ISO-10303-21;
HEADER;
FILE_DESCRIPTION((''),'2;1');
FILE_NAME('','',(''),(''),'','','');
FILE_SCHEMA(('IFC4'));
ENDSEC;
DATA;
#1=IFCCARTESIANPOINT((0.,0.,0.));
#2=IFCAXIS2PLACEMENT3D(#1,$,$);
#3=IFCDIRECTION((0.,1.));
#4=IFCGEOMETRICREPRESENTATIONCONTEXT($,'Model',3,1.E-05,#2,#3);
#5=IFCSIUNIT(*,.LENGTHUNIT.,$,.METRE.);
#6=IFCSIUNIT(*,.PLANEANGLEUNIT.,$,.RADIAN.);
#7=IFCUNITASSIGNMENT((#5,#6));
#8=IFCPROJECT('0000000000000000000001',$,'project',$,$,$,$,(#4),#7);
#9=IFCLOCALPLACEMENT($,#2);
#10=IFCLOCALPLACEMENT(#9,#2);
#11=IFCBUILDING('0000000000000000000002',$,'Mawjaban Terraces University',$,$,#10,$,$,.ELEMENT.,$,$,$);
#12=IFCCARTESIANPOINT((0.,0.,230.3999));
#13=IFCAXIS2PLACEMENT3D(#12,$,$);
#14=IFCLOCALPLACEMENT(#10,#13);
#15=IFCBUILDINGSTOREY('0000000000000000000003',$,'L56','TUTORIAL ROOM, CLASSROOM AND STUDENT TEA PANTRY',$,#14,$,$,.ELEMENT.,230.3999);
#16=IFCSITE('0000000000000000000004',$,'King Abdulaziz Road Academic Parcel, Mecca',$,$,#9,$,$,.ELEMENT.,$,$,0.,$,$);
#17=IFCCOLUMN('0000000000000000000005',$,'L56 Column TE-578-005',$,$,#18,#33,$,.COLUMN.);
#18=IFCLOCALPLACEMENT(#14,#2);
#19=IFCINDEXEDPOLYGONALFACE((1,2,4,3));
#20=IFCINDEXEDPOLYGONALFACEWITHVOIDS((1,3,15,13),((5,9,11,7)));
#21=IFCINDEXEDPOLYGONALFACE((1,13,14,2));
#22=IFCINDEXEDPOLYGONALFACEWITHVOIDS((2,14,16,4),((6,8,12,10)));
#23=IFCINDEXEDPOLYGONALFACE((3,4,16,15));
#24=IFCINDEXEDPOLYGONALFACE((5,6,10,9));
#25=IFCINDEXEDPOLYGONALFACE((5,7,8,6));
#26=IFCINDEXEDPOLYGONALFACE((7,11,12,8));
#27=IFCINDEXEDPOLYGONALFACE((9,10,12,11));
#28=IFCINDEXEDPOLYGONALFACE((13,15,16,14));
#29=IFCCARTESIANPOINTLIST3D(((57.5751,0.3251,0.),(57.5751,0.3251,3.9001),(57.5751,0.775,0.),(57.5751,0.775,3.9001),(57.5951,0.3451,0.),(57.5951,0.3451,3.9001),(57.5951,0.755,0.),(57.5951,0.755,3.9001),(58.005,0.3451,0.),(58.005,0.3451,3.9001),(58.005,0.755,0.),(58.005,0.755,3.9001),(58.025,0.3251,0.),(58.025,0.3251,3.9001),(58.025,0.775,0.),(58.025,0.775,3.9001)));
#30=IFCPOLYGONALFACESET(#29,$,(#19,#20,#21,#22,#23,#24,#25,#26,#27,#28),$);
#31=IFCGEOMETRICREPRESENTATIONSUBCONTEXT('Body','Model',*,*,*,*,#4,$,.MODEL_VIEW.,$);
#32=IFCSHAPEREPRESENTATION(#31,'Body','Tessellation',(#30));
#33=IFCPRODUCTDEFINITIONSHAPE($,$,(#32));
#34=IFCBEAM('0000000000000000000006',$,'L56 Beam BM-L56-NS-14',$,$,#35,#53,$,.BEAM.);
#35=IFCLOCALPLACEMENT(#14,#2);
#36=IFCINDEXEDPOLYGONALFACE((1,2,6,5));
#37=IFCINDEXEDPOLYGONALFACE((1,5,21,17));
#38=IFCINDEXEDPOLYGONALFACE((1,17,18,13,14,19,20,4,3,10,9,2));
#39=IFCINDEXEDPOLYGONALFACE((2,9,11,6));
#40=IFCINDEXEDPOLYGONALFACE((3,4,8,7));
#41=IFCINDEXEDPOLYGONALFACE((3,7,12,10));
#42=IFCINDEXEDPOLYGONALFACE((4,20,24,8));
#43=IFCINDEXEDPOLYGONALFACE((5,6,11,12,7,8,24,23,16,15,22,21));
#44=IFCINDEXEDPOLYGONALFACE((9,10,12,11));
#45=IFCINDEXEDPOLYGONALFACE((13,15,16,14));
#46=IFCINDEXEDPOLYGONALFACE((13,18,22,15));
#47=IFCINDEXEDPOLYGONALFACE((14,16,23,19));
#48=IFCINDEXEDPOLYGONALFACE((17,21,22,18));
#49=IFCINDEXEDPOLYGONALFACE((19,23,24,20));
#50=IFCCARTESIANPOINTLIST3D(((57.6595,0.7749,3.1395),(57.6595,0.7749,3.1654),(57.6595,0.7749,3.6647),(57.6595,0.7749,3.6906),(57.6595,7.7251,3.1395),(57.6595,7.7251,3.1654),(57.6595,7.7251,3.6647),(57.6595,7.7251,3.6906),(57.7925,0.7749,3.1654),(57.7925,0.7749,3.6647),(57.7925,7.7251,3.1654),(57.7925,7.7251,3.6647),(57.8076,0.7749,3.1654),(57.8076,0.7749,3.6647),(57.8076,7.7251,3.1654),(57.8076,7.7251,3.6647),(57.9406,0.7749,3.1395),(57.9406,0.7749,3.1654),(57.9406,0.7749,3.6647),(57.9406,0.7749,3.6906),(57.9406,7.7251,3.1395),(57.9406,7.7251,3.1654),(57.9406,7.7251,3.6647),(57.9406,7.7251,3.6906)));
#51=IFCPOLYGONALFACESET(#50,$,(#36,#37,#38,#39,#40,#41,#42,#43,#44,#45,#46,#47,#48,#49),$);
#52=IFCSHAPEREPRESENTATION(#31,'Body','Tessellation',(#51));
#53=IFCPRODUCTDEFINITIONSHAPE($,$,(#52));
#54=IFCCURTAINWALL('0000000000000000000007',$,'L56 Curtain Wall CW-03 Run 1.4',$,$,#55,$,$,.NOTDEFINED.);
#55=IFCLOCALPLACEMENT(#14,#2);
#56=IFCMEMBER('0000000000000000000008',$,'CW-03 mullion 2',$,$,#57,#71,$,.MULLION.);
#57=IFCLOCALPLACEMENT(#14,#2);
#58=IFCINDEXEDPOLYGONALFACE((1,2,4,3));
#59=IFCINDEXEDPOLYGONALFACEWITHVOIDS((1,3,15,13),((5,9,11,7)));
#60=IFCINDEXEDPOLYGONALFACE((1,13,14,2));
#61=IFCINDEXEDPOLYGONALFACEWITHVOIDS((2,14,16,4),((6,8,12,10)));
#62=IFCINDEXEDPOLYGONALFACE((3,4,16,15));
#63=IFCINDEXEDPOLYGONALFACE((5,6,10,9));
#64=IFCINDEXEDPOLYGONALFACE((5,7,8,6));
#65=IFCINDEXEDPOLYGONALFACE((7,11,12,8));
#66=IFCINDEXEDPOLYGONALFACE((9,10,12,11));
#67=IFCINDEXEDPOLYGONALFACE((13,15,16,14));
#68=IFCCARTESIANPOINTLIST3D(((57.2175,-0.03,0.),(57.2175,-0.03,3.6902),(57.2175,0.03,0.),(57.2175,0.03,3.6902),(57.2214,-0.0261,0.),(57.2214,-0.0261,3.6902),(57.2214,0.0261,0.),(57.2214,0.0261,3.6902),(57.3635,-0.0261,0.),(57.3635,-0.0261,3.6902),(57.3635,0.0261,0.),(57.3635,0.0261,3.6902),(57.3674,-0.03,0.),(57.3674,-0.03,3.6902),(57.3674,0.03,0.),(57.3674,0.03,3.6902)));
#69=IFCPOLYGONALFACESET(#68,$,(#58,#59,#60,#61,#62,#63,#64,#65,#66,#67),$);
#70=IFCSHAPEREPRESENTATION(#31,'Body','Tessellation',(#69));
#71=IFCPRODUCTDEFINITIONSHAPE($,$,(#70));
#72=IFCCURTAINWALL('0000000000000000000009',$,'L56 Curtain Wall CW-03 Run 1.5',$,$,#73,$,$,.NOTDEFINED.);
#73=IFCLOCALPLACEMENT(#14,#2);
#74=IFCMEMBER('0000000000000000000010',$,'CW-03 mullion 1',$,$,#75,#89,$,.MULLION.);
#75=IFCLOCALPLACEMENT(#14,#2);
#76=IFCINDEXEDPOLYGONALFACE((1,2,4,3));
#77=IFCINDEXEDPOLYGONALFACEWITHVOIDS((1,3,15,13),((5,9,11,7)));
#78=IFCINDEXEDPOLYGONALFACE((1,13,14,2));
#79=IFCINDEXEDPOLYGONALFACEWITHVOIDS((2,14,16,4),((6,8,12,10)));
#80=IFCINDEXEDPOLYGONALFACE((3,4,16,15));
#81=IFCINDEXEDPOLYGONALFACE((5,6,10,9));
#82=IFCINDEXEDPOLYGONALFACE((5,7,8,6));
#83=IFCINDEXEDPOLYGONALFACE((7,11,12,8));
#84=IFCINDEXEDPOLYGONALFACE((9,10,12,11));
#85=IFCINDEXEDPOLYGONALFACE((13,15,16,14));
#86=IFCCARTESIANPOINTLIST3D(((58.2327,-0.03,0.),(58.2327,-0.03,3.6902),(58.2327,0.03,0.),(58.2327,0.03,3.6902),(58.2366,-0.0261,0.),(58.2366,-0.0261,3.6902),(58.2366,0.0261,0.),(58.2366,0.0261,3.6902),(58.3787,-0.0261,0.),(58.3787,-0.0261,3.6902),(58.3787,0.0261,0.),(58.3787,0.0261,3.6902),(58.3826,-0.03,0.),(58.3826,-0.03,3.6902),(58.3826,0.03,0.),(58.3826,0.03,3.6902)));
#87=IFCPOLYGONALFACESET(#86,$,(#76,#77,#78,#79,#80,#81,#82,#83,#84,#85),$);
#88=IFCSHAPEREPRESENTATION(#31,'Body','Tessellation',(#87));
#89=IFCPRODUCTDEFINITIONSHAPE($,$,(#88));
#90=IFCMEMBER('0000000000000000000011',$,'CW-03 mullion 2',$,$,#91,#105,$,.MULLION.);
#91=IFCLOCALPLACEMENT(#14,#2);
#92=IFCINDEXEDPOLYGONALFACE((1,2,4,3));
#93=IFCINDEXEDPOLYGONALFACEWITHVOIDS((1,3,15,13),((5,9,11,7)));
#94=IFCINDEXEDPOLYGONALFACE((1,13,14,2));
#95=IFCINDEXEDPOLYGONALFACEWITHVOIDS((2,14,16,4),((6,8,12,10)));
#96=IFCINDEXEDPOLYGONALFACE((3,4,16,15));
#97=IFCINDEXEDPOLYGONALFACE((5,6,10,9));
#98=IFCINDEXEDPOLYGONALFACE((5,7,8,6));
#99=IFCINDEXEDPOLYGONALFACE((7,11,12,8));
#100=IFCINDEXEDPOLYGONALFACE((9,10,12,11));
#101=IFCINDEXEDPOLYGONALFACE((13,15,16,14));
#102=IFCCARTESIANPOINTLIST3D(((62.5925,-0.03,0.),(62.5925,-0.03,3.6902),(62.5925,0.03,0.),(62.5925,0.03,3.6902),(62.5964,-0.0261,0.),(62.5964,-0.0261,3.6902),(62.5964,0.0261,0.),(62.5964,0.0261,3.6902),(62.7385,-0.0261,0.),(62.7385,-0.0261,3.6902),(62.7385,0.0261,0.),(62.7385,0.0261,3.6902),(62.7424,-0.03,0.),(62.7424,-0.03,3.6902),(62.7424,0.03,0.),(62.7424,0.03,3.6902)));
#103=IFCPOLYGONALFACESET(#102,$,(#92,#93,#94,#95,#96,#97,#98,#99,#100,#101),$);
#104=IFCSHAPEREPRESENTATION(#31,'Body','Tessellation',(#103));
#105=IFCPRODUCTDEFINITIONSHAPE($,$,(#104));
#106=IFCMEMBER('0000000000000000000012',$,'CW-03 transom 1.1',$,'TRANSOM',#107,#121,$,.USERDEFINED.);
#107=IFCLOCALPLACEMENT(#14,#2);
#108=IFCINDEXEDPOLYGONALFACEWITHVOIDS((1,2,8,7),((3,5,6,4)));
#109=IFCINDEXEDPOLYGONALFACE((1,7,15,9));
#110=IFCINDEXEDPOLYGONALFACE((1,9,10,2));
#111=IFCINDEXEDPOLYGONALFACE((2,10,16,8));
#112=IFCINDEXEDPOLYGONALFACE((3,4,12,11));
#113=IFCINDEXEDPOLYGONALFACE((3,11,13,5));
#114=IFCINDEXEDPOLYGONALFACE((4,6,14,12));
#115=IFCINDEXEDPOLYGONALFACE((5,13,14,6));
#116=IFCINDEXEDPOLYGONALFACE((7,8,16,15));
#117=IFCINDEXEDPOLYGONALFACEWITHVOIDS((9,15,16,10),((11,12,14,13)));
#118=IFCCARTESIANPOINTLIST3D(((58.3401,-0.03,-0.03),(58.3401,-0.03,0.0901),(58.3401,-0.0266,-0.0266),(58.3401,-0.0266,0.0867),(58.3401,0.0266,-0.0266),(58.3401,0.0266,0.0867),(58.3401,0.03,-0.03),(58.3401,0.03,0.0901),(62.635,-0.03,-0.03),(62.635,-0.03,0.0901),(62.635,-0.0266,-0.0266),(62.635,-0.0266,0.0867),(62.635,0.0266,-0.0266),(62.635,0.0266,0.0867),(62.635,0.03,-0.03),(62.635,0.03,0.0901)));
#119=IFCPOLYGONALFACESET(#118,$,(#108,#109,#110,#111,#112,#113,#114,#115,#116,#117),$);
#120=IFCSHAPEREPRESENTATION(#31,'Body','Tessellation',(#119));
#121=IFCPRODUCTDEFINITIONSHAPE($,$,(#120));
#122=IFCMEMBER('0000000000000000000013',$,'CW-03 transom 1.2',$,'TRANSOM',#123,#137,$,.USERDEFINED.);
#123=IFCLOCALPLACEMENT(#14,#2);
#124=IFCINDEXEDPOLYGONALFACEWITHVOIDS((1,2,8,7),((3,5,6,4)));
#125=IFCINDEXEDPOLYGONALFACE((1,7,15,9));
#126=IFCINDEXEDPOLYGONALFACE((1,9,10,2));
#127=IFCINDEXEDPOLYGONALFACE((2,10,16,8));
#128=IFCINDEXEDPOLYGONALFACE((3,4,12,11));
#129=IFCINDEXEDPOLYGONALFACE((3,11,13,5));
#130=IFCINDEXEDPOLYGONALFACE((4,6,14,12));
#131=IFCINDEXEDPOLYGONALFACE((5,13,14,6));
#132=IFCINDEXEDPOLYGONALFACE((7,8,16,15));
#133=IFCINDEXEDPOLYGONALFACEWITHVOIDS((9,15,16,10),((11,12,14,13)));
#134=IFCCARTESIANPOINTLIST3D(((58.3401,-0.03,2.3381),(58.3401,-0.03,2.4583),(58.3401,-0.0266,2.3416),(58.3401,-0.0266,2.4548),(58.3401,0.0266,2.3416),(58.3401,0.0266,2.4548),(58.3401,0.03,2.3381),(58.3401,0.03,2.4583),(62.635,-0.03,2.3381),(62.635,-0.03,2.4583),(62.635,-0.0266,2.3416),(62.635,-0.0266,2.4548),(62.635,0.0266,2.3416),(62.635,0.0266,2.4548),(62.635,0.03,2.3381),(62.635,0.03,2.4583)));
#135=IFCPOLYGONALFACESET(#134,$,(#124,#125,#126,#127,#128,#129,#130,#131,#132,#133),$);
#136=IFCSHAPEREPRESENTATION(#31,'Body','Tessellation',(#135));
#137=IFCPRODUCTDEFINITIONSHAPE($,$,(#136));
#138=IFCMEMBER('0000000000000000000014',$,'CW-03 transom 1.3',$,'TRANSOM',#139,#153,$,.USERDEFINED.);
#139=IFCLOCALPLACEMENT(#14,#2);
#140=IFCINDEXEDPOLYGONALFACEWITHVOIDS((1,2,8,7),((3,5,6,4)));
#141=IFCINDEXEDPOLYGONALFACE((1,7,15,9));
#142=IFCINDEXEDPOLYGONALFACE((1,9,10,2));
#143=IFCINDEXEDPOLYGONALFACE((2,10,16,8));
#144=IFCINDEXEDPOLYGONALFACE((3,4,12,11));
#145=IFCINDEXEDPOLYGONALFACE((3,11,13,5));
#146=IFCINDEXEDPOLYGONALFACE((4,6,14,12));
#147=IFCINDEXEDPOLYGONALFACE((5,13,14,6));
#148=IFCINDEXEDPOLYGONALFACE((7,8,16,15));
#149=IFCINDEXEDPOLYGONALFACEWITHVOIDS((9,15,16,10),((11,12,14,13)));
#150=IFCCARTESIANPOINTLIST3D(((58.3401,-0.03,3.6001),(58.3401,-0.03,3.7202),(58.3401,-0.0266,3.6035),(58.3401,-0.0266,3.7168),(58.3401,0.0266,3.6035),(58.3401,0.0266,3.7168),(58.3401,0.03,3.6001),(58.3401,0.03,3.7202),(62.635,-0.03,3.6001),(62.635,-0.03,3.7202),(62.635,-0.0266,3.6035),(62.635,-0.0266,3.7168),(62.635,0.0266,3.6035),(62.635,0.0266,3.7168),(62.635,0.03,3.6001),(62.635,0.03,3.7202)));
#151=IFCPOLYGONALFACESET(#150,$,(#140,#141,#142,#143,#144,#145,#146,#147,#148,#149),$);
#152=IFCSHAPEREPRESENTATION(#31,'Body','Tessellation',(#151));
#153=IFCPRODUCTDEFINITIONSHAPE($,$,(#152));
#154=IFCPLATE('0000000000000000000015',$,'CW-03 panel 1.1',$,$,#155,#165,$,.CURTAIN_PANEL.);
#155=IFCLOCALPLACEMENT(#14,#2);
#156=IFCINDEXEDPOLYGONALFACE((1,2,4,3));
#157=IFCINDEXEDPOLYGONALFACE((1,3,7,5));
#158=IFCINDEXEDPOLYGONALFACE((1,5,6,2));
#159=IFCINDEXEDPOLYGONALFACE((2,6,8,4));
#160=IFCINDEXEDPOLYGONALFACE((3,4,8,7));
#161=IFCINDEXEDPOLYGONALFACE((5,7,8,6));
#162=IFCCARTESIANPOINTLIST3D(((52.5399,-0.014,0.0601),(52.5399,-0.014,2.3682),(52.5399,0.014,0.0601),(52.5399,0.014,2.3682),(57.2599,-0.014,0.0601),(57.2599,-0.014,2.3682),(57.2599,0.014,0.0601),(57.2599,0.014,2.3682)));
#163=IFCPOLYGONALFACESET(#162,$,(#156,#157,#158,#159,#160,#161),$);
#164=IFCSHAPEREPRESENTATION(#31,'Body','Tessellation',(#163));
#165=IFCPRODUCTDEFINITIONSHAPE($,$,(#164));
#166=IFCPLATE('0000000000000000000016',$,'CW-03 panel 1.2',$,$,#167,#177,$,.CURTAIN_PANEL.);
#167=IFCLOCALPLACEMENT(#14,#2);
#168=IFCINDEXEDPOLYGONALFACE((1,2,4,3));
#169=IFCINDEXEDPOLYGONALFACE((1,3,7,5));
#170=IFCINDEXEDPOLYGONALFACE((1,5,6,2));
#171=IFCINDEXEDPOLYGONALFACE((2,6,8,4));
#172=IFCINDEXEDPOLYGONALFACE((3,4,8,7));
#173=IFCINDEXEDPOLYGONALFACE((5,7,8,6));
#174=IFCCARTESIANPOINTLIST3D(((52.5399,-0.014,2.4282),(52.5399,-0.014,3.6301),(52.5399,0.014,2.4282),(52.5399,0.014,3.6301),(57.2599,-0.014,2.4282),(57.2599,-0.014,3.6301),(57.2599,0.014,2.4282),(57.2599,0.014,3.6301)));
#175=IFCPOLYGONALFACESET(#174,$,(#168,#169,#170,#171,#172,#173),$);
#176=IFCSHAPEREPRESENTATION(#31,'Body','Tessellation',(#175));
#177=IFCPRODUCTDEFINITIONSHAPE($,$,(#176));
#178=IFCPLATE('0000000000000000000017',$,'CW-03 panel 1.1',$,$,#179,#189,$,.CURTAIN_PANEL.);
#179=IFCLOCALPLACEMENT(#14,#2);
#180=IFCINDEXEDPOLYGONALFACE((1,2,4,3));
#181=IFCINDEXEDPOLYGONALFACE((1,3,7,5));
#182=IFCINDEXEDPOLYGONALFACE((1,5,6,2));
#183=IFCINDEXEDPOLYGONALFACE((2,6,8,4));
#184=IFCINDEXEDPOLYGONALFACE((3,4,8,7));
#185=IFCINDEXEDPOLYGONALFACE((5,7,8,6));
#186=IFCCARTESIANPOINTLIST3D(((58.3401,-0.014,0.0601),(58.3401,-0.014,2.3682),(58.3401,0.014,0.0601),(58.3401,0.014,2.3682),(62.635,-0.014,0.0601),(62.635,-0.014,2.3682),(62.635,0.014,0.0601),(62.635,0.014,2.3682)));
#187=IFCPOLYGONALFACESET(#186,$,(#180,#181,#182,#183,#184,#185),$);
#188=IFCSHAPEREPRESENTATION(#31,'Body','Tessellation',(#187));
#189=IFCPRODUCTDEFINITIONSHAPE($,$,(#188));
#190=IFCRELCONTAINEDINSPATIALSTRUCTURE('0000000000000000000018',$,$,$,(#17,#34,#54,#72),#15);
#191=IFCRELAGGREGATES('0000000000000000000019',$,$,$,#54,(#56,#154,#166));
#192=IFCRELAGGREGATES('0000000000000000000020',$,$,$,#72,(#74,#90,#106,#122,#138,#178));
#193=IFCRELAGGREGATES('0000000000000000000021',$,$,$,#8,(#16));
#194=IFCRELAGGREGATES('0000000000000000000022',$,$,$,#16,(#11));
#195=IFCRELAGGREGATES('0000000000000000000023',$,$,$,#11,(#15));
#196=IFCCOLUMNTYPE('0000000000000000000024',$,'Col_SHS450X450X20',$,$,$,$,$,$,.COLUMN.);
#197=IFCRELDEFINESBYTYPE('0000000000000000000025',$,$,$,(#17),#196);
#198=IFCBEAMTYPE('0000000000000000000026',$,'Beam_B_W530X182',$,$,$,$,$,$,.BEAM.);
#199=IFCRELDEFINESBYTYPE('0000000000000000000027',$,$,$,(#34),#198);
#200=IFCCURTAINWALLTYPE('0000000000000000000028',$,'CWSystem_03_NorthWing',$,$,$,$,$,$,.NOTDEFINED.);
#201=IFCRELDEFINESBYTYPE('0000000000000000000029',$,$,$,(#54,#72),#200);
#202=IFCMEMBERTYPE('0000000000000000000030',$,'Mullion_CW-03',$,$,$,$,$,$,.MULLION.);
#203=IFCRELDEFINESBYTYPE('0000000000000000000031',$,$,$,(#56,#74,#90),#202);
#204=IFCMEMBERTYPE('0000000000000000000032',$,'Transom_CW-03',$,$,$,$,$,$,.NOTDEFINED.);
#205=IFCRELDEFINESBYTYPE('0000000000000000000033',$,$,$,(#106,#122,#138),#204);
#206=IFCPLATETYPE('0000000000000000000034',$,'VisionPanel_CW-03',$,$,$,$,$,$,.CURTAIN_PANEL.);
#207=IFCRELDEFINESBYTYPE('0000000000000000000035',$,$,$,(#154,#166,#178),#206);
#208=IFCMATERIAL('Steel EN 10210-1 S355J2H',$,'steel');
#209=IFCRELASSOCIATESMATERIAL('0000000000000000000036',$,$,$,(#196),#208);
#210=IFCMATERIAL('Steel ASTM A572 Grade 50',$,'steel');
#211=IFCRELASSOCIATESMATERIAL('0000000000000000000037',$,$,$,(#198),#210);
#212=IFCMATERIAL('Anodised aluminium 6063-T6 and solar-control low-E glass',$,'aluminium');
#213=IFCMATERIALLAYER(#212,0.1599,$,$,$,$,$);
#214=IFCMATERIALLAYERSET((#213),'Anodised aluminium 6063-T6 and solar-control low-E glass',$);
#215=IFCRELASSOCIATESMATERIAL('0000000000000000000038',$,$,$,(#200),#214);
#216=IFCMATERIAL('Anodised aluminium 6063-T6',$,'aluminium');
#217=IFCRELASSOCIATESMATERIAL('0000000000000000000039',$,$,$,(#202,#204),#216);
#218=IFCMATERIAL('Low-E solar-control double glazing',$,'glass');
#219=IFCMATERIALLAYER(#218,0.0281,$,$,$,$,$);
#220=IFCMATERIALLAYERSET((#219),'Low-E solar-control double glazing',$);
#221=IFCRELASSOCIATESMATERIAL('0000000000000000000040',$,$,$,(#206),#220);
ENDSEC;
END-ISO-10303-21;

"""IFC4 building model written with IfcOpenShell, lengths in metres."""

from ifc_helpers import new_model, si_unit, direction, frame, origin, origin_2d, place, context, subcontext, project, spatial, rectangle, hollow_rectangle, i_section, extrude, material, layer, layer_set, material_profile, profile_set, type_object, element, aggregate, save


model = new_model("IFC4")

# Units and contexts
model_context = context("Model", 3, precision=1e-05, world=origin(), true_north=direction((0.0, 1.0)))
body_context = subcontext(model_context, "Body", "Model", "MODEL_VIEW")
ifc_project = project(units=[si_unit("LENGTHUNIT", "METRE"), si_unit("PLANEANGLEUNIT", "RADIAN")], contexts=[model_context])

# Site, building, storey
site_placement = place(None, origin())
site = spatial("IfcSite", under=ifc_project, at=site_placement, Name="King Abdulaziz Road Academic Parcel, Mecca", CompositionType="ELEMENT", RefElevation=0.0)
building_placement = place(site_placement, origin())
building = spatial("IfcBuilding", under=site, at=building_placement, Name="Mawjaban Terraces University", CompositionType="ELEMENT")
storey_placement = place(building_placement, frame((0.0, 0.0, 230.3999)))
storey = spatial("IfcBuildingStorey", under=building, at=storey_placement, Name="L56", Description="TUTORIAL ROOM, CLASSROOM AND STUDENT TEA PANTRY", CompositionType="ELEMENT", Elevation=230.3999)

# Column
ifc_material_1 = material(Name="Steel EN 10210-1 S355J2H", Category="steel")
ifc_material_profile_1 = material_profile(ifc_material_1, hollow_rectangle(XDim=0.45, YDim=0.45, WallThickness=0.02, at=origin_2d()), Name="SHS450X450X20")
ifc_profile_set_1 = profile_set([ifc_material_profile_1], Name="Steel EN 10210-1 S355J2H")
column_type = type_object("IfcColumnType", Name="Col_SHS450X450X20", PredefinedType="COLUMN", material=ifc_profile_set_1)
column_placement = place(storey_placement, frame((57.8, 0.55, 0.0), z_axis=(0.0, 0.0, 1.0), x_axis=(1.0, 0.0, 0.0)))
element("IfcColumn", 1, at=column_placement, inside=storey, type_object=column_type, Name="L56 Column TE-578-005", PredefinedType="COLUMN", context=body_context, shape_type="SweptSolid", body=[
    extrude(hollow_rectangle(XDim=0.45, YDim=0.45, WallThickness=0.02, at=origin_2d()), origin(), (0.0, 0.0, 1.0), 3.9001),
])

# Beam
ifc_material_2 = material(Name="Steel ASTM A572 Grade 50", Category="steel")
ifc_material_profile_2 = material_profile(ifc_material_2, i_section(OverallWidth=0.281, OverallDepth=0.551, WebThickness=0.0151, FlangeThickness=0.0259, at=origin_2d()), Name="W530X182")
ifc_profile_set_2 = profile_set([ifc_material_profile_2], Name="Steel ASTM A572 Grade 50")
beam_type = type_object("IfcBeamType", Name="Beam_B_W530X182", PredefinedType="BEAM", material=ifc_profile_set_2)
beam_placement = place(storey_placement, frame((57.8, 0.7749, 3.415), z_axis=(0.0, 1.0, 0.0), x_axis=(-1.0, 0.0, 0.0)))
element("IfcBeam", 2, at=beam_placement, inside=storey, type_object=beam_type, Name="L56 Beam BM-L56-NS-14", PredefinedType="BEAM", context=body_context, shape_type="SweptSolid", body=[
    extrude(i_section(OverallWidth=0.281, OverallDepth=0.551, WebThickness=0.0151, FlangeThickness=0.0259, at=origin_2d()), origin(), (0.0, 0.0, 1.0), 6.9502),
])

# Curtain wall, member
ifc_material_3 = material(Name="Anodised aluminium 6063-T6 and solar-control low-E glass", Category="aluminium")
ifc_layer_1 = layer(ifc_material_3, 0.1599)
ifc_layer_set_1 = layer_set([ifc_layer_1], Name="Anodised aluminium 6063-T6 and solar-control low-E glass")
curtain_wall_type = type_object("IfcCurtainWallType", Name="CWSystem_03_NorthWing", PredefinedType="NOTDEFINED", material=ifc_layer_set_1)
curtain_wall_1_placement = place(storey_placement, origin())
curtain_wall_1 = element("IfcCurtainWall", 3, at=curtain_wall_1_placement, inside=storey, type_object=curtain_wall_type, Name="L56 Curtain Wall CW-03 Run 1.4", PredefinedType="NOTDEFINED")
ifc_material_4 = material(Name="Anodised aluminium 6063-T6", Category="aluminium")
ifc_material_profile_3 = material_profile(ifc_material_4, hollow_rectangle(XDim=0.0601, YDim=0.1499, WallThickness=0.0039, at=origin_2d()), Name="ALU150X60X4")
ifc_profile_set_3 = profile_set([ifc_material_profile_3], Name="Anodised aluminium 6063-T6")
member_type_1 = type_object("IfcMemberType", Name="Mullion_CW-03", PredefinedType="MULLION", material=ifc_profile_set_3)
member_1_placement = place(storey_placement, frame((57.2925, 0.0, 0.0), z_axis=(0.0, 0.0, 1.0), x_axis=(0.0, 1.0, 0.0)))
member_1 = element("IfcMember", 4, at=member_1_placement, type_object=member_type_1, Name="CW-03 mullion 2", PredefinedType="MULLION", context=body_context, shape_type="SweptSolid", body=[
    extrude(hollow_rectangle(XDim=0.0601, YDim=0.1499, WallThickness=0.0039, at=origin_2d()), origin(), (0.0, 0.0, 1.0), 3.6902),
])

# Curtain wall, members
curtain_wall_2_placement = place(storey_placement, origin())
curtain_wall_2 = element("IfcCurtainWall", 5, at=curtain_wall_2_placement, inside=storey, type_object=curtain_wall_type, Name="L56 Curtain Wall CW-03 Run 1.5", PredefinedType="NOTDEFINED")
member_2_placement = place(storey_placement, frame((58.3076, 0.0, 0.0), z_axis=(0.0, 0.0, 1.0), x_axis=(0.0, 1.0, 0.0)))
member_2 = element("IfcMember", 6, at=member_2_placement, type_object=member_type_1, Name="CW-03 mullion 1", PredefinedType="MULLION", context=body_context, shape_type="SweptSolid", body=[
    extrude(hollow_rectangle(XDim=0.0601, YDim=0.1499, WallThickness=0.0039, at=origin_2d()), origin(), (0.0, 0.0, 1.0), 3.6902),
])
member_3_placement = place(storey_placement, frame((62.6675, 0.0, 0.0), z_axis=(0.0, 0.0, 1.0), x_axis=(0.0, 1.0, 0.0)))
member_3 = element("IfcMember", 7, at=member_3_placement, type_object=member_type_1, Name="CW-03 mullion 2", PredefinedType="MULLION", context=body_context, shape_type="SweptSolid", body=[
    extrude(hollow_rectangle(XDim=0.0601, YDim=0.1499, WallThickness=0.0039, at=origin_2d()), origin(), (0.0, 0.0, 1.0), 3.6902),
])
ifc_material_profile_4 = material_profile(ifc_material_4, hollow_rectangle(XDim=0.0601, YDim=0.1201, WallThickness=0.0034, at=origin_2d()), Name="ALU120X60X3.5")
ifc_profile_set_4 = profile_set([ifc_material_profile_4], Name="Anodised aluminium 6063-T6")
member_type_2 = type_object("IfcMemberType", Name="Transom_CW-03", PredefinedType="NOTDEFINED", material=ifc_profile_set_4)
member_4_placement = place(storey_placement, frame((58.3401, 0.0, 0.03), z_axis=(1.0, 0.0, 0.0), x_axis=(0.0, 1.0, 0.0)))
member_4 = element("IfcMember", 8, at=member_4_placement, type_object=member_type_2, Name="CW-03 transom 1.1", ObjectType="TRANSOM", PredefinedType="USERDEFINED", context=body_context, shape_type="SweptSolid", body=[
    extrude(hollow_rectangle(XDim=0.0601, YDim=0.1201, WallThickness=0.0034, at=origin_2d()), origin(), (0.0, 0.0, 1.0), 4.2949),
])
member_5_placement = place(storey_placement, frame((58.3401, 0.0, 2.3982), z_axis=(1.0, 0.0, 0.0), x_axis=(0.0, 1.0, 0.0)))
member_5 = element("IfcMember", 9, at=member_5_placement, type_object=member_type_2, Name="CW-03 transom 1.2", ObjectType="TRANSOM", PredefinedType="USERDEFINED", context=body_context, shape_type="SweptSolid", body=[
    extrude(hollow_rectangle(XDim=0.0601, YDim=0.1201, WallThickness=0.0034, at=origin_2d()), origin(), (0.0, 0.0, 1.0), 4.2949),
])
member_6_placement = place(storey_placement, frame((58.3401, 0.0, 3.6602), z_axis=(1.0, 0.0, 0.0), x_axis=(0.0, 1.0, 0.0)))
member_6 = element("IfcMember", 10, at=member_6_placement, type_object=member_type_2, Name="CW-03 transom 1.3", ObjectType="TRANSOM", PredefinedType="USERDEFINED", context=body_context, shape_type="SweptSolid", body=[
    extrude(hollow_rectangle(XDim=0.0601, YDim=0.1201, WallThickness=0.0034, at=origin_2d()), origin(), (0.0, 0.0, 1.0), 4.2949),
])

# Plates
ifc_material_5 = material(Name="Low-E solar-control double glazing", Category="glass")
ifc_layer_2 = layer(ifc_material_5, 0.0281)
ifc_layer_set_2 = layer_set([ifc_layer_2], Name="Low-E solar-control double glazing")
plate_type = type_object("IfcPlateType", Name="VisionPanel_CW-03", PredefinedType="CURTAIN_PANEL", material=ifc_layer_set_2)
plate_1_placement = place(storey_placement, frame((54.8999, 0.0, 0.0601), z_axis=(0.0, 0.0, 1.0), x_axis=(1.0, 0.0, 0.0)))
plate_1 = element("IfcPlate", 11, at=plate_1_placement, type_object=plate_type, Name="CW-03 panel 1.1", PredefinedType="CURTAIN_PANEL", context=body_context, shape_type="SweptSolid", body=[
    extrude(rectangle(XDim=4.72, YDim=0.0281, at=origin_2d()), origin(), (0.0, 0.0, 1.0), 2.3081),
])
plate_2_placement = place(storey_placement, frame((54.8999, 0.0, 2.4282), z_axis=(0.0, 0.0, 1.0), x_axis=(1.0, 0.0, 0.0)))
plate_2 = element("IfcPlate", 12, at=plate_2_placement, type_object=plate_type, Name="CW-03 panel 1.2", PredefinedType="CURTAIN_PANEL", context=body_context, shape_type="SweptSolid", body=[
    extrude(rectangle(XDim=4.72, YDim=0.0281, at=origin_2d()), origin(), (0.0, 0.0, 1.0), 1.2019),
])
aggregate(curtain_wall_1, [member_1, plate_1, plate_2])
plate_3_placement = place(storey_placement, frame((60.4875, 0.0, 0.0601), z_axis=(0.0, 0.0, 1.0), x_axis=(1.0, 0.0, 0.0)))
plate_3 = element("IfcPlate", 13, at=plate_3_placement, type_object=plate_type, Name="CW-03 panel 1.1", PredefinedType="CURTAIN_PANEL", context=body_context, shape_type="SweptSolid", body=[
    extrude(rectangle(XDim=4.2949, YDim=0.0281, at=origin_2d()), origin(), (0.0, 0.0, 1.0), 2.3081),
])
aggregate(curtain_wall_2, [member_2, member_3, member_4, member_5, member_6, plate_3])

save(model, "model.ifc")
